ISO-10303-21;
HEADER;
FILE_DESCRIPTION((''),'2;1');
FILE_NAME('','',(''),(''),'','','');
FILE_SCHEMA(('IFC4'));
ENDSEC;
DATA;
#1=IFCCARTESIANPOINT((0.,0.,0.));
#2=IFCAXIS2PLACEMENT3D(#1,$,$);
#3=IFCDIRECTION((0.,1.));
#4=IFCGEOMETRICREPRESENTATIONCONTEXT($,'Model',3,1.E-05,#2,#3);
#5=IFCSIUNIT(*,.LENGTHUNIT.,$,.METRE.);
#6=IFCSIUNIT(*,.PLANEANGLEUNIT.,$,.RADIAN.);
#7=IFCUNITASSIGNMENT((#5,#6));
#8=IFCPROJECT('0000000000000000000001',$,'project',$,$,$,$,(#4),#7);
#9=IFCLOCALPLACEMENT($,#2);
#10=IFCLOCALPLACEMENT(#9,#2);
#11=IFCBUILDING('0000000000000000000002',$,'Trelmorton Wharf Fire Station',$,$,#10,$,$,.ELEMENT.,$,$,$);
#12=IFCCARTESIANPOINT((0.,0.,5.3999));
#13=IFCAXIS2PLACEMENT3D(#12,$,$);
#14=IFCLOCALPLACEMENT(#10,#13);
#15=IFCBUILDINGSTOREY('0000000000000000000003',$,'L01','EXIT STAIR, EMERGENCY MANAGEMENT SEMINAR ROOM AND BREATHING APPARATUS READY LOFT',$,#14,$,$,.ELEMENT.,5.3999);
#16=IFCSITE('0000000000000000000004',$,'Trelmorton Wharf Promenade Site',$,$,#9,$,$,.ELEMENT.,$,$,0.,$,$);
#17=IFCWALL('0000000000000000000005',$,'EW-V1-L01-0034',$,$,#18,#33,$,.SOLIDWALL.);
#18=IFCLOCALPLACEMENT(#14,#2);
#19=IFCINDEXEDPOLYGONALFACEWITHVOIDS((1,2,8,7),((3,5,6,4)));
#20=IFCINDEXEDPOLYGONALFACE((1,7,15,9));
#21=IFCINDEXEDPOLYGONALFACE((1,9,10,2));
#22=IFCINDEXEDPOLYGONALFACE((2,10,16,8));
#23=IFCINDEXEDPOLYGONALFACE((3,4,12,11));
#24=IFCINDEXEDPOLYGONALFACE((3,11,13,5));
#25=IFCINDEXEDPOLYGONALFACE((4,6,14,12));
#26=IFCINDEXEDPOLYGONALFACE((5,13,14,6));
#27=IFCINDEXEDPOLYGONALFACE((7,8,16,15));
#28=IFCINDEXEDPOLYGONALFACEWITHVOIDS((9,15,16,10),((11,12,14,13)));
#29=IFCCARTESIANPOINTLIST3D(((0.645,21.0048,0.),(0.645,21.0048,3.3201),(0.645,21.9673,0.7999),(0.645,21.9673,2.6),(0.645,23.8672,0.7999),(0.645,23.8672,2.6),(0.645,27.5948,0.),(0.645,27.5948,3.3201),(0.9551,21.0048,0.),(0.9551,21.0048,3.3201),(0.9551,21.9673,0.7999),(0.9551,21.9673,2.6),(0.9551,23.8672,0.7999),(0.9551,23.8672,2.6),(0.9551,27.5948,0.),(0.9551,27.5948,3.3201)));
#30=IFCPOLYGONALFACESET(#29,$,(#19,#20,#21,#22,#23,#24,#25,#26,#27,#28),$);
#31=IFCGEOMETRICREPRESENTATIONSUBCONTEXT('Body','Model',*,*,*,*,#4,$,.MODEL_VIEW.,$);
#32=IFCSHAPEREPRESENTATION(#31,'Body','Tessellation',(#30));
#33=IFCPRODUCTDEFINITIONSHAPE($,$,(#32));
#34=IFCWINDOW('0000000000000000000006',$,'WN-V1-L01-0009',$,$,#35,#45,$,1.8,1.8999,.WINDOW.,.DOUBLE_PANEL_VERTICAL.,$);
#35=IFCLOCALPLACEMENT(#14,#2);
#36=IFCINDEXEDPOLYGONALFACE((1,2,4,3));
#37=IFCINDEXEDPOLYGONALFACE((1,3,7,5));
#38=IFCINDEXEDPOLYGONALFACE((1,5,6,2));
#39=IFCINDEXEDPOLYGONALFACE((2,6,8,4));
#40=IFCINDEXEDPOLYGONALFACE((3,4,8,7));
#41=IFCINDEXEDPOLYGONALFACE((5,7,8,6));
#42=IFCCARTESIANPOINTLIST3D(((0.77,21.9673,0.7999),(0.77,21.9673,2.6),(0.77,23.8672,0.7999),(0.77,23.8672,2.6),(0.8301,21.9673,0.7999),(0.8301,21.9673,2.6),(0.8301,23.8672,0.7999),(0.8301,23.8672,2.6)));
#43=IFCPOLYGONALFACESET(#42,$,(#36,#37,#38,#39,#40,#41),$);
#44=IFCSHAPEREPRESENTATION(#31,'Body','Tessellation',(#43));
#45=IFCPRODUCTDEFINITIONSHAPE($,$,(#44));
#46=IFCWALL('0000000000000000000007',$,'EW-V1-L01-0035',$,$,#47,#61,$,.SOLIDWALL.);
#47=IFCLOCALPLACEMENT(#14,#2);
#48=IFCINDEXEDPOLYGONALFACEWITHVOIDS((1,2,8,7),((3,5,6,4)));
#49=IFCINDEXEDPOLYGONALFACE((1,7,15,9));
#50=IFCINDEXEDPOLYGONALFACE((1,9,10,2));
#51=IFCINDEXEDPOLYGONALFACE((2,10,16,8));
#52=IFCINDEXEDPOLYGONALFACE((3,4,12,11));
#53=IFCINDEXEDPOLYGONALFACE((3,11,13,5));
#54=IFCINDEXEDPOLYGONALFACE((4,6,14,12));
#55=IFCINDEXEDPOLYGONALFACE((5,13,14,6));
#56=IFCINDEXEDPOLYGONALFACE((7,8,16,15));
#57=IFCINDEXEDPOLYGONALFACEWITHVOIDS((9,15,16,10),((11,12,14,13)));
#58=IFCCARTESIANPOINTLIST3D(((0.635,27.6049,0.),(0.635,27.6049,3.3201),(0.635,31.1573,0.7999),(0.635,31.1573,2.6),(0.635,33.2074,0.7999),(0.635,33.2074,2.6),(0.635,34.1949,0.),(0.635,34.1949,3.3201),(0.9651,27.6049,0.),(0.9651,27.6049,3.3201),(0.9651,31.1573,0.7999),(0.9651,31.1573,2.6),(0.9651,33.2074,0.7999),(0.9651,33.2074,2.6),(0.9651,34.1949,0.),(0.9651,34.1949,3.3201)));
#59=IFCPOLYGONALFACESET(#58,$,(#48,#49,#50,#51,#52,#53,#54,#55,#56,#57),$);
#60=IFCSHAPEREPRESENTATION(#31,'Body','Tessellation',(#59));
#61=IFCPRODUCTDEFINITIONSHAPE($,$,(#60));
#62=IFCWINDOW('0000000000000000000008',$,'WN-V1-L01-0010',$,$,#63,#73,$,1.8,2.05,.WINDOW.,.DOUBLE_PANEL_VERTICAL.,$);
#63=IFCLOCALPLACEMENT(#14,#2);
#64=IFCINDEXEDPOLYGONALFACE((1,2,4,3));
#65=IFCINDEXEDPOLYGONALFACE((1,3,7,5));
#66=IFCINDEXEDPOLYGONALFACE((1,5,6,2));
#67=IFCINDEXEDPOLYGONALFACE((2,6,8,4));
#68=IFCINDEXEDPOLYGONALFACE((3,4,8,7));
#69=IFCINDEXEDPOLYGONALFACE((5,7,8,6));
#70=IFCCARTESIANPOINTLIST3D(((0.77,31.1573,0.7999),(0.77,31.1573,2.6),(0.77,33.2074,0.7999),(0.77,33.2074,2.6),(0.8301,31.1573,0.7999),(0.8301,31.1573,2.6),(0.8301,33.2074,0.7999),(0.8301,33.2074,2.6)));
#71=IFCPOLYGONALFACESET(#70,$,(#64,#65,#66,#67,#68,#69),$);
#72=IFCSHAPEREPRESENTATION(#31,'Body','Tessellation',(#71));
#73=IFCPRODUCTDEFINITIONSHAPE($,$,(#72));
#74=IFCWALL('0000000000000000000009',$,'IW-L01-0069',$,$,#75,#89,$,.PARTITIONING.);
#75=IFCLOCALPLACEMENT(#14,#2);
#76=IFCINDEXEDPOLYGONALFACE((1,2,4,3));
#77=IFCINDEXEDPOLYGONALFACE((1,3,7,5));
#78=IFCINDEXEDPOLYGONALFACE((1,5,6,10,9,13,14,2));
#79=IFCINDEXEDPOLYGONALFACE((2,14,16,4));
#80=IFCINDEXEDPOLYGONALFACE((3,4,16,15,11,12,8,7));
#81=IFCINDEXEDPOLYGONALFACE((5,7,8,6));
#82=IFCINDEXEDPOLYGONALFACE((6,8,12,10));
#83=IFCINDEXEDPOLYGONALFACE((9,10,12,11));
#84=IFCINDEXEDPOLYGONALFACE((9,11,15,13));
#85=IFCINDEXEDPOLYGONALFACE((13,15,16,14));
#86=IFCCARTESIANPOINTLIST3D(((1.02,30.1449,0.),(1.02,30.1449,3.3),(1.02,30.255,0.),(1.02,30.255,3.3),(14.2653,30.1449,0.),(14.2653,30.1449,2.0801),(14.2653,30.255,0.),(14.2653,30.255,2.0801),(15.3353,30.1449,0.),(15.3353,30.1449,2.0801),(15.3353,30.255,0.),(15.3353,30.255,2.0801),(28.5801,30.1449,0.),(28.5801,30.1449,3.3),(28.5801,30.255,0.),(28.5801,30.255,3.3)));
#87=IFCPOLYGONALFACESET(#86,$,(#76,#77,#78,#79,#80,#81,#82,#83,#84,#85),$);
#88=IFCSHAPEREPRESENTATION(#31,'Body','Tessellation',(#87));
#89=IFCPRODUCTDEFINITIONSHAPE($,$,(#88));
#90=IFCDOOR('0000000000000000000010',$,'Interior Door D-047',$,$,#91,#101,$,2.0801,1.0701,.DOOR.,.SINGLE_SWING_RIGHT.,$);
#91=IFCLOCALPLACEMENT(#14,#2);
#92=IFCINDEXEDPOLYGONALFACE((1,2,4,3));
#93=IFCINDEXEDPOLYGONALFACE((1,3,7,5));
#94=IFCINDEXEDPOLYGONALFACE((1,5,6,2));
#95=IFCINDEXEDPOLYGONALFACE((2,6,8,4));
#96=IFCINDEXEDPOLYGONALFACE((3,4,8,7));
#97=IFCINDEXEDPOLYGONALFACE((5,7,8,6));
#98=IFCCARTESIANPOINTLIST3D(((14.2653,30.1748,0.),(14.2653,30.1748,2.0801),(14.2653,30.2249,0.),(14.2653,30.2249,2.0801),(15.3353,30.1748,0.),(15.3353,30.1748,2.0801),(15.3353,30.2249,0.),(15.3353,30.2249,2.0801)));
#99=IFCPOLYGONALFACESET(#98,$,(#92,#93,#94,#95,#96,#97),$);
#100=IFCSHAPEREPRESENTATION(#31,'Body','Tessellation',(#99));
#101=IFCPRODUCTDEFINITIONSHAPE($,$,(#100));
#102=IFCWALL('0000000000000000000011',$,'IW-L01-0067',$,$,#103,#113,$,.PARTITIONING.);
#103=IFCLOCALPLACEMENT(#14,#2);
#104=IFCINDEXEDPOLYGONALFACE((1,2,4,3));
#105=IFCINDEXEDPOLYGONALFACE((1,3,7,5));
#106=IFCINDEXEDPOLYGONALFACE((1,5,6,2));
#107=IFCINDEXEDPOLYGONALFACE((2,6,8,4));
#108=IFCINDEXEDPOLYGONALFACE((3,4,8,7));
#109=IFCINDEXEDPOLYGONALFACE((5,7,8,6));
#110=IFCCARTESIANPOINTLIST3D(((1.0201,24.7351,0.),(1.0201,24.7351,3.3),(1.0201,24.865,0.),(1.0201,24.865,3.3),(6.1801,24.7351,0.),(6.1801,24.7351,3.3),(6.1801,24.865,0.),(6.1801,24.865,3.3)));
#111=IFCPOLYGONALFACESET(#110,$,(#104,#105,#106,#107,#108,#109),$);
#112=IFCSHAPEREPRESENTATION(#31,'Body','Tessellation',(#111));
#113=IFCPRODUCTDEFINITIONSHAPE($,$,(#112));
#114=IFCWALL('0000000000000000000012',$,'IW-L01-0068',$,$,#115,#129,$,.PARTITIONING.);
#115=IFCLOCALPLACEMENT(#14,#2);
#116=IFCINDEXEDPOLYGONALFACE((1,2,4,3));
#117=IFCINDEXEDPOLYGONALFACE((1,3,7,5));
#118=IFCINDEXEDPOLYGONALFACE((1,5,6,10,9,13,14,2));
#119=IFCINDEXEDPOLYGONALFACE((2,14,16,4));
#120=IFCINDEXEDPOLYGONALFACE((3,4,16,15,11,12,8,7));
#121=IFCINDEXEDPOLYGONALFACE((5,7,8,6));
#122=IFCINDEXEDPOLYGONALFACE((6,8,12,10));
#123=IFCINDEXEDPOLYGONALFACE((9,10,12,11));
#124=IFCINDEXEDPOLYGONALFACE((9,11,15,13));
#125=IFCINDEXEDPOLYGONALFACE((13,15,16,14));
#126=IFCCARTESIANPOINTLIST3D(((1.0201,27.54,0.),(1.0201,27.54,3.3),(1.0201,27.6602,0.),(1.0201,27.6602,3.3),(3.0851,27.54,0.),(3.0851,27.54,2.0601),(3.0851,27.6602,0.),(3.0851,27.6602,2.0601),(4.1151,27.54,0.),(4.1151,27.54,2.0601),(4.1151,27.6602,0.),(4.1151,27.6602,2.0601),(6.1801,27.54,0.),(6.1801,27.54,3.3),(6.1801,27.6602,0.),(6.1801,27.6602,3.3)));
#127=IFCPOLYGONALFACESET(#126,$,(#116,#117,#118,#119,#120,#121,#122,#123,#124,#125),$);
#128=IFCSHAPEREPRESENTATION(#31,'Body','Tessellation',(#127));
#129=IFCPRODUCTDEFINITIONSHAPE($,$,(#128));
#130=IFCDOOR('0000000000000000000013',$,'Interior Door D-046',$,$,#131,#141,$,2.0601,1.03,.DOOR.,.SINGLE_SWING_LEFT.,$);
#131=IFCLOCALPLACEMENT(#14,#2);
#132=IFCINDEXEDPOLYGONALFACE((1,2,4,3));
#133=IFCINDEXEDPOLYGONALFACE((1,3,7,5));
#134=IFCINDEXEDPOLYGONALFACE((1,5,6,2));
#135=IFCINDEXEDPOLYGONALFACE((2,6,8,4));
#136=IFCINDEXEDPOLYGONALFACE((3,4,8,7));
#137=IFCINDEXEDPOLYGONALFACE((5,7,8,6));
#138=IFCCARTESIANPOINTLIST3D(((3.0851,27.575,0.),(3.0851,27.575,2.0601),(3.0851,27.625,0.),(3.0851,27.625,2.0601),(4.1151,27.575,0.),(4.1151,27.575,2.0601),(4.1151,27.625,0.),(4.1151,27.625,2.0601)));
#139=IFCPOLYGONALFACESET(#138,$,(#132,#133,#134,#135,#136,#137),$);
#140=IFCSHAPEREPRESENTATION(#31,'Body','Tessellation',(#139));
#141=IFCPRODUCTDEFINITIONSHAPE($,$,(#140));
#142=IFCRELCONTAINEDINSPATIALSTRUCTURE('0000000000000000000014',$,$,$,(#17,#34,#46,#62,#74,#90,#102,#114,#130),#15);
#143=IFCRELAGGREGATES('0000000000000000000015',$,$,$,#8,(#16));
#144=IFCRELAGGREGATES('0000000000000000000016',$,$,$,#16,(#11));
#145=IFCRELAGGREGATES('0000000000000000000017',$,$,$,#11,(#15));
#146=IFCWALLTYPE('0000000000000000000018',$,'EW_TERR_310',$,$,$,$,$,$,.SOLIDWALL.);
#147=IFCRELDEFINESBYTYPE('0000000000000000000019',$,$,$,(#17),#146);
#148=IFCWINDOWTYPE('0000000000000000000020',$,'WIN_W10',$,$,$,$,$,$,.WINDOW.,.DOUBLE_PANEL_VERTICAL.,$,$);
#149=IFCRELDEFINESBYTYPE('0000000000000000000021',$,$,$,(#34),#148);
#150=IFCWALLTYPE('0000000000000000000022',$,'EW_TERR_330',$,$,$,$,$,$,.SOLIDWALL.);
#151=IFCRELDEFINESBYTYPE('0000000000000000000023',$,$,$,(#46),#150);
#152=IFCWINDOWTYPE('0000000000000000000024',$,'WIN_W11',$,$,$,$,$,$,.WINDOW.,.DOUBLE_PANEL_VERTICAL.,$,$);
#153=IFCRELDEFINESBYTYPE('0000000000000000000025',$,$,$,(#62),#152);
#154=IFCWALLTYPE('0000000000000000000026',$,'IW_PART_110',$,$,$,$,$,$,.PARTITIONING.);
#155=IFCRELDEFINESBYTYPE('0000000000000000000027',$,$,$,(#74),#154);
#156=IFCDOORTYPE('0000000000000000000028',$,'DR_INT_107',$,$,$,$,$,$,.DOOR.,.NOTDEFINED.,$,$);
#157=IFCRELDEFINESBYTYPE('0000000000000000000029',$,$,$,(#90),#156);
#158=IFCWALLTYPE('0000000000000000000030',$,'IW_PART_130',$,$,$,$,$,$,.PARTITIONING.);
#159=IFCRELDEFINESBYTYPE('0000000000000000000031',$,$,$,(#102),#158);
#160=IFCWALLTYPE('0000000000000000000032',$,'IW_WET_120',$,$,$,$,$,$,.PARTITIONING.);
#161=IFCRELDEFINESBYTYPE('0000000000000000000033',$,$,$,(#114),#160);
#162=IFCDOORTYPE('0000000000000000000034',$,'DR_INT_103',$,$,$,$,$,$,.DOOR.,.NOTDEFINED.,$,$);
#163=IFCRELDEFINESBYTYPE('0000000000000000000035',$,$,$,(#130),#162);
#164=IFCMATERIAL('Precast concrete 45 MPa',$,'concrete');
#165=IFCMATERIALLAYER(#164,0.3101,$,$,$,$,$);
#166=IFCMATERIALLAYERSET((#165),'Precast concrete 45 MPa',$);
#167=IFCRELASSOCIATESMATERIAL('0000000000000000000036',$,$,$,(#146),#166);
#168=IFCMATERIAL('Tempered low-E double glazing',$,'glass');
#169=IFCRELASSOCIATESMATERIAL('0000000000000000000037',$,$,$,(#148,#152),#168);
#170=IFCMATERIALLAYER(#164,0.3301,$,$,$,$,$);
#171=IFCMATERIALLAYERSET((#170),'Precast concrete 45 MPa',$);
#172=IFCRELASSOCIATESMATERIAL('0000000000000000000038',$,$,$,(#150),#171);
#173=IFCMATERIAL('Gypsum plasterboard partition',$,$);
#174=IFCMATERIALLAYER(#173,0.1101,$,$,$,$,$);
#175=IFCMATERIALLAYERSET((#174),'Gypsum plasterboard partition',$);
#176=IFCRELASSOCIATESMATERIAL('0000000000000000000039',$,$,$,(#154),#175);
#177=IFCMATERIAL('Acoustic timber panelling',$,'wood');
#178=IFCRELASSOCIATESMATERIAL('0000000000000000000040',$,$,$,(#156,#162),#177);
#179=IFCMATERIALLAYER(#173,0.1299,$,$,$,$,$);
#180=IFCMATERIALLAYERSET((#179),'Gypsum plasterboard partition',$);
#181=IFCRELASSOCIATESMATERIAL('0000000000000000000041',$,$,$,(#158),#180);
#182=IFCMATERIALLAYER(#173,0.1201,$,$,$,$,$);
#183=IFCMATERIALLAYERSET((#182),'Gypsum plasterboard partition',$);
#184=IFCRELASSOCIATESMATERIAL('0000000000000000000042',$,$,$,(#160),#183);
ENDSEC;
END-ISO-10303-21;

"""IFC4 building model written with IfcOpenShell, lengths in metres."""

from ifc_helpers import new_model, si_unit, direction, frame, frame_2d, origin, place, context, subcontext, project, spatial, rectangle, extrude, material, layer, layer_set, type_object, element, fill, save


model = new_model("IFC4")

# Units and contexts
model_context = context("Model", 3, precision=1e-05, world=origin(), true_north=direction((0.0, 1.0)))
body_context = subcontext(model_context, "Body", "Model", "MODEL_VIEW")
ifc_project = project(units=[si_unit("LENGTHUNIT", "METRE"), si_unit("PLANEANGLEUNIT", "RADIAN")], contexts=[model_context])

# Site, building, storey
site_placement = place(None, origin())
site = spatial("IfcSite", under=ifc_project, at=site_placement, Name="Trelmorton Wharf Promenade Site", CompositionType="ELEMENT", RefElevation=0.0)
building_placement = place(site_placement, origin())
building = spatial("IfcBuilding", under=site, at=building_placement, Name="Trelmorton Wharf Fire Station", CompositionType="ELEMENT")
storey_placement = place(building_placement, frame((0.0, 0.0, 5.3999)))
storey = spatial("IfcBuildingStorey", under=building, at=storey_placement, Name="L01", Description="EXIT STAIR, EMERGENCY MANAGEMENT SEMINAR ROOM AND BREATHING APPARATUS READY LOFT", CompositionType="ELEMENT", Elevation=5.3999)

# Walls, openings, windows
ifc_material_1 = material(Name="Precast concrete 45 MPa", Category="concrete")
ifc_layer_1 = layer(ifc_material_1, 0.3101)
ifc_layer_set_1 = layer_set([ifc_layer_1], Name="Precast concrete 45 MPa")
wall_type_1 = type_object("IfcWallType", Name="EW_TERR_310", PredefinedType="SOLIDWALL", material=ifc_layer_set_1)
wall_1_placement = place(storey_placement, frame((0.8, 21.0049, 0.0), z_axis=(0.0, 0.0, 1.0), x_axis=(0.0, 1.0, 0.0)))
wall_1 = element("IfcWall", 1, at=wall_1_placement, inside=storey, type_object=wall_type_1, Name="EW-V1-L01-0034", PredefinedType="SOLIDWALL", context=body_context, shape_type="SweptSolid", body=[
    extrude(rectangle(XDim=6.5901, YDim=0.3101, at=frame_2d((3.2949, 0.0))), origin(), (0.0, 0.0, 1.0), 3.3201),
])
opening_1_placement = place(wall_1_placement, frame((0.9624, 0.0, 0.8)))
opening_1 = element("IfcOpeningElement", 2, at=opening_1_placement, cuts=wall_1, PredefinedType="OPENING", context=body_context, shape_type="SweptSolid", body=[
    extrude(rectangle(XDim=1.8999, YDim=1.8, at=frame_2d((0.95, 0.8999))), frame((0.0, 0.165, 0.0), z_axis=(0.0, -1.0, 0.0), x_axis=(1.0, 0.0, 0.0)), (0.0, 0.0, 1.0), 0.3301),
])
ifc_material_2 = material(Name="Tempered low-E double glazing", Category="glass")
window_type_1 = type_object("IfcWindowType", Name="WIN_W10", PartitioningType="DOUBLE_PANEL_VERTICAL", PredefinedType="WINDOW", material=ifc_material_2)
window_1_placement = place(opening_1_placement, origin())
window_1 = element("IfcWindow", 3, at=window_1_placement, inside=storey, type_object=window_type_1, Name="WN-V1-L01-0009", OverallHeight=1.8, OverallWidth=1.8999, PartitioningType="DOUBLE_PANEL_VERTICAL", PredefinedType="WINDOW", context=body_context, shape_type="SweptSolid", body=[
    extrude(rectangle(XDim=1.8999, YDim=1.8, at=frame_2d((0.95, 0.8999))), frame((0.0, 0.03, 0.0), z_axis=(0.0, -1.0, 0.0), x_axis=(1.0, 0.0, 0.0)), (0.0, 0.0, 1.0), 0.0601),
])
fill(opening_1, window_1)
ifc_layer_2 = layer(ifc_material_1, 0.3301)
ifc_layer_set_2 = layer_set([ifc_layer_2], Name="Precast concrete 45 MPa")
wall_type_2 = type_object("IfcWallType", Name="EW_TERR_330", PredefinedType="SOLIDWALL", material=ifc_layer_set_2)
wall_2_placement = place(storey_placement, frame((0.8, 27.605, 0.0), z_axis=(0.0, 0.0, 1.0), x_axis=(0.0, 1.0, 0.0)))
wall_2 = element("IfcWall", 4, at=wall_2_placement, inside=storey, type_object=wall_type_2, Name="EW-V1-L01-0035", PredefinedType="SOLIDWALL", context=body_context, shape_type="SweptSolid", body=[
    extrude(rectangle(XDim=6.5901, YDim=0.3301, at=frame_2d((3.2949, 0.0))), origin(), (0.0, 0.0, 1.0), 3.3201),
])
opening_2_placement = place(wall_2_placement, frame((3.5525, 0.0, 0.8)))
opening_2 = element("IfcOpeningElement", 5, at=opening_2_placement, cuts=wall_2, PredefinedType="OPENING", context=body_context, shape_type="SweptSolid", body=[
    extrude(rectangle(XDim=2.05, YDim=1.8, at=frame_2d((1.0249, 0.8999))), frame((0.0, 0.175, 0.0), z_axis=(0.0, -1.0, 0.0), x_axis=(1.0, 0.0, 0.0)), (0.0, 0.0, 1.0), 0.3501),
])
window_type_2 = type_object("IfcWindowType", Name="WIN_W11", PartitioningType="DOUBLE_PANEL_VERTICAL", PredefinedType="WINDOW", material=ifc_material_2)
window_2_placement = place(opening_2_placement, origin())
window_2 = element("IfcWindow", 6, at=window_2_placement, inside=storey, type_object=window_type_2, Name="WN-V1-L01-0010", OverallHeight=1.8, OverallWidth=2.05, PartitioningType="DOUBLE_PANEL_VERTICAL", PredefinedType="WINDOW", context=body_context, shape_type="SweptSolid", body=[
    extrude(rectangle(XDim=2.05, YDim=1.8, at=frame_2d((1.0249, 0.8999))), frame((0.0, 0.03, 0.0), z_axis=(0.0, -1.0, 0.0), x_axis=(1.0, 0.0, 0.0)), (0.0, 0.0, 1.0), 0.0601),
])
fill(opening_2, window_2)

# Wall, opening, door
ifc_material_3 = material(Name="Gypsum plasterboard partition")
ifc_layer_3 = layer(ifc_material_3, 0.1101)
ifc_layer_set_3 = layer_set([ifc_layer_3], Name="Gypsum plasterboard partition")
wall_type_3 = type_object("IfcWallType", Name="IW_PART_110", PredefinedType="PARTITIONING", material=ifc_layer_set_3)
wall_3_placement = place(storey_placement, frame((1.02, 30.2, 0.0), z_axis=(0.0, 0.0, 1.0), x_axis=(1.0, 0.0, 0.0)))
wall_3 = element("IfcWall", 7, at=wall_3_placement, inside=storey, type_object=wall_type_3, Name="IW-L01-0069", PredefinedType="PARTITIONING", context=body_context, shape_type="SweptSolid", body=[
    extrude(rectangle(XDim=27.5601, YDim=0.1101, at=frame_2d((13.78, 0.0))), origin(), (0.0, 0.0, 1.0), 3.3),
])
opening_3_placement = place(wall_3_placement, frame((13.2451, 0.0, 0.0)))
opening_3 = element("IfcOpeningElement", 8, at=opening_3_placement, cuts=wall_3, PredefinedType="OPENING", context=body_context, shape_type="SweptSolid", body=[
    extrude(rectangle(XDim=1.0701, YDim=2.0801, at=frame_2d((0.5352, 1.04))), frame((0.0, 0.0649, 0.0), z_axis=(0.0, -1.0, 0.0), x_axis=(1.0, 0.0, 0.0)), (0.0, 0.0, 1.0), 0.1301),
])
ifc_material_4 = material(Name="Acoustic timber panelling", Category="wood")
door_type_1 = type_object("IfcDoorType", Name="DR_INT_107", OperationType="NOTDEFINED", PredefinedType="DOOR", material=ifc_material_4)
door_1_placement = place(opening_3_placement, origin())
door_1 = element("IfcDoor", 9, at=door_1_placement, inside=storey, type_object=door_type_1, Name="Interior Door D-047", OperationType="SINGLE_SWING_RIGHT", OverallHeight=2.0801, OverallWidth=1.0701, PredefinedType="DOOR", context=body_context, shape_type="SweptSolid", body=[
    extrude(rectangle(XDim=1.0701, YDim=2.0801, at=frame_2d((0.5352, 1.04))), frame((0.0, 0.0249, 0.0), z_axis=(0.0, -1.0, 0.0), x_axis=(1.0, 0.0, 0.0)), (0.0, 0.0, 1.0), 0.05),
])
fill(opening_3, door_1)

# Wall
ifc_layer_4 = layer(ifc_material_3, 0.1299)
ifc_layer_set_4 = layer_set([ifc_layer_4], Name="Gypsum plasterboard partition")
wall_type_4 = type_object("IfcWallType", Name="IW_PART_130", PredefinedType="PARTITIONING", material=ifc_layer_set_4)
wall_4_placement = place(storey_placement, frame((1.02, 24.8, 0.0), z_axis=(0.0, 0.0, 1.0), x_axis=(1.0, 0.0, 0.0)))
element("IfcWall", 10, at=wall_4_placement, inside=storey, type_object=wall_type_4, Name="IW-L01-0067", PredefinedType="PARTITIONING", context=body_context, shape_type="SweptSolid", body=[
    extrude(rectangle(XDim=5.1599, YDim=0.1299, at=frame_2d((2.5801, 0.0))), origin(), (0.0, 0.0, 1.0), 3.3),
])

# Wall, opening, door
ifc_layer_5 = layer(ifc_material_3, 0.1201)
ifc_layer_set_5 = layer_set([ifc_layer_5], Name="Gypsum plasterboard partition")
wall_type_5 = type_object("IfcWallType", Name="IW_WET_120", PredefinedType="PARTITIONING", material=ifc_layer_set_5)
wall_5_placement = place(storey_placement, frame((1.02, 27.6001, 0.0), z_axis=(0.0, 0.0, 1.0), x_axis=(1.0, 0.0, 0.0)))
wall_5 = element("IfcWall", 11, at=wall_5_placement, inside=storey, type_object=wall_type_5, Name="IW-L01-0068", PredefinedType="PARTITIONING", context=body_context, shape_type="SweptSolid", body=[
    extrude(rectangle(XDim=5.1599, YDim=0.1201, at=frame_2d((2.5801, 0.0))), origin(), (0.0, 0.0, 1.0), 3.3),
])
opening_4_placement = place(wall_5_placement, frame((2.0649, 0.0, 0.0)))
opening_4 = element("IfcOpeningElement", 12, at=opening_4_placement, cuts=wall_5, PredefinedType="OPENING", context=body_context, shape_type="SweptSolid", body=[
    extrude(rectangle(XDim=1.03, YDim=2.0601, at=frame_2d((0.5151, 1.03))), frame((0.0, 0.0701, 0.0), z_axis=(0.0, -1.0, 0.0), x_axis=(1.0, 0.0, 0.0)), (0.0, 0.0, 1.0), 0.1401),
])
door_type_2 = type_object("IfcDoorType", Name="DR_INT_103", OperationType="NOTDEFINED", PredefinedType="DOOR", material=ifc_material_4)
door_2_placement = place(opening_4_placement, origin())
door_2 = element("IfcDoor", 13, at=door_2_placement, inside=storey, type_object=door_type_2, Name="Interior Door D-046", OperationType="SINGLE_SWING_LEFT", OverallHeight=2.0601, OverallWidth=1.03, PredefinedType="DOOR", context=body_context, shape_type="SweptSolid", body=[
    extrude(rectangle(XDim=1.03, YDim=2.0601, at=frame_2d((0.5151, 1.03))), frame((0.0, 0.0249, 0.0), z_axis=(0.0, -1.0, 0.0), x_axis=(1.0, 0.0, 0.0)), (0.0, 0.0, 1.0), 0.05),
])
fill(opening_4, door_2)

save(model, "model.ifc")
